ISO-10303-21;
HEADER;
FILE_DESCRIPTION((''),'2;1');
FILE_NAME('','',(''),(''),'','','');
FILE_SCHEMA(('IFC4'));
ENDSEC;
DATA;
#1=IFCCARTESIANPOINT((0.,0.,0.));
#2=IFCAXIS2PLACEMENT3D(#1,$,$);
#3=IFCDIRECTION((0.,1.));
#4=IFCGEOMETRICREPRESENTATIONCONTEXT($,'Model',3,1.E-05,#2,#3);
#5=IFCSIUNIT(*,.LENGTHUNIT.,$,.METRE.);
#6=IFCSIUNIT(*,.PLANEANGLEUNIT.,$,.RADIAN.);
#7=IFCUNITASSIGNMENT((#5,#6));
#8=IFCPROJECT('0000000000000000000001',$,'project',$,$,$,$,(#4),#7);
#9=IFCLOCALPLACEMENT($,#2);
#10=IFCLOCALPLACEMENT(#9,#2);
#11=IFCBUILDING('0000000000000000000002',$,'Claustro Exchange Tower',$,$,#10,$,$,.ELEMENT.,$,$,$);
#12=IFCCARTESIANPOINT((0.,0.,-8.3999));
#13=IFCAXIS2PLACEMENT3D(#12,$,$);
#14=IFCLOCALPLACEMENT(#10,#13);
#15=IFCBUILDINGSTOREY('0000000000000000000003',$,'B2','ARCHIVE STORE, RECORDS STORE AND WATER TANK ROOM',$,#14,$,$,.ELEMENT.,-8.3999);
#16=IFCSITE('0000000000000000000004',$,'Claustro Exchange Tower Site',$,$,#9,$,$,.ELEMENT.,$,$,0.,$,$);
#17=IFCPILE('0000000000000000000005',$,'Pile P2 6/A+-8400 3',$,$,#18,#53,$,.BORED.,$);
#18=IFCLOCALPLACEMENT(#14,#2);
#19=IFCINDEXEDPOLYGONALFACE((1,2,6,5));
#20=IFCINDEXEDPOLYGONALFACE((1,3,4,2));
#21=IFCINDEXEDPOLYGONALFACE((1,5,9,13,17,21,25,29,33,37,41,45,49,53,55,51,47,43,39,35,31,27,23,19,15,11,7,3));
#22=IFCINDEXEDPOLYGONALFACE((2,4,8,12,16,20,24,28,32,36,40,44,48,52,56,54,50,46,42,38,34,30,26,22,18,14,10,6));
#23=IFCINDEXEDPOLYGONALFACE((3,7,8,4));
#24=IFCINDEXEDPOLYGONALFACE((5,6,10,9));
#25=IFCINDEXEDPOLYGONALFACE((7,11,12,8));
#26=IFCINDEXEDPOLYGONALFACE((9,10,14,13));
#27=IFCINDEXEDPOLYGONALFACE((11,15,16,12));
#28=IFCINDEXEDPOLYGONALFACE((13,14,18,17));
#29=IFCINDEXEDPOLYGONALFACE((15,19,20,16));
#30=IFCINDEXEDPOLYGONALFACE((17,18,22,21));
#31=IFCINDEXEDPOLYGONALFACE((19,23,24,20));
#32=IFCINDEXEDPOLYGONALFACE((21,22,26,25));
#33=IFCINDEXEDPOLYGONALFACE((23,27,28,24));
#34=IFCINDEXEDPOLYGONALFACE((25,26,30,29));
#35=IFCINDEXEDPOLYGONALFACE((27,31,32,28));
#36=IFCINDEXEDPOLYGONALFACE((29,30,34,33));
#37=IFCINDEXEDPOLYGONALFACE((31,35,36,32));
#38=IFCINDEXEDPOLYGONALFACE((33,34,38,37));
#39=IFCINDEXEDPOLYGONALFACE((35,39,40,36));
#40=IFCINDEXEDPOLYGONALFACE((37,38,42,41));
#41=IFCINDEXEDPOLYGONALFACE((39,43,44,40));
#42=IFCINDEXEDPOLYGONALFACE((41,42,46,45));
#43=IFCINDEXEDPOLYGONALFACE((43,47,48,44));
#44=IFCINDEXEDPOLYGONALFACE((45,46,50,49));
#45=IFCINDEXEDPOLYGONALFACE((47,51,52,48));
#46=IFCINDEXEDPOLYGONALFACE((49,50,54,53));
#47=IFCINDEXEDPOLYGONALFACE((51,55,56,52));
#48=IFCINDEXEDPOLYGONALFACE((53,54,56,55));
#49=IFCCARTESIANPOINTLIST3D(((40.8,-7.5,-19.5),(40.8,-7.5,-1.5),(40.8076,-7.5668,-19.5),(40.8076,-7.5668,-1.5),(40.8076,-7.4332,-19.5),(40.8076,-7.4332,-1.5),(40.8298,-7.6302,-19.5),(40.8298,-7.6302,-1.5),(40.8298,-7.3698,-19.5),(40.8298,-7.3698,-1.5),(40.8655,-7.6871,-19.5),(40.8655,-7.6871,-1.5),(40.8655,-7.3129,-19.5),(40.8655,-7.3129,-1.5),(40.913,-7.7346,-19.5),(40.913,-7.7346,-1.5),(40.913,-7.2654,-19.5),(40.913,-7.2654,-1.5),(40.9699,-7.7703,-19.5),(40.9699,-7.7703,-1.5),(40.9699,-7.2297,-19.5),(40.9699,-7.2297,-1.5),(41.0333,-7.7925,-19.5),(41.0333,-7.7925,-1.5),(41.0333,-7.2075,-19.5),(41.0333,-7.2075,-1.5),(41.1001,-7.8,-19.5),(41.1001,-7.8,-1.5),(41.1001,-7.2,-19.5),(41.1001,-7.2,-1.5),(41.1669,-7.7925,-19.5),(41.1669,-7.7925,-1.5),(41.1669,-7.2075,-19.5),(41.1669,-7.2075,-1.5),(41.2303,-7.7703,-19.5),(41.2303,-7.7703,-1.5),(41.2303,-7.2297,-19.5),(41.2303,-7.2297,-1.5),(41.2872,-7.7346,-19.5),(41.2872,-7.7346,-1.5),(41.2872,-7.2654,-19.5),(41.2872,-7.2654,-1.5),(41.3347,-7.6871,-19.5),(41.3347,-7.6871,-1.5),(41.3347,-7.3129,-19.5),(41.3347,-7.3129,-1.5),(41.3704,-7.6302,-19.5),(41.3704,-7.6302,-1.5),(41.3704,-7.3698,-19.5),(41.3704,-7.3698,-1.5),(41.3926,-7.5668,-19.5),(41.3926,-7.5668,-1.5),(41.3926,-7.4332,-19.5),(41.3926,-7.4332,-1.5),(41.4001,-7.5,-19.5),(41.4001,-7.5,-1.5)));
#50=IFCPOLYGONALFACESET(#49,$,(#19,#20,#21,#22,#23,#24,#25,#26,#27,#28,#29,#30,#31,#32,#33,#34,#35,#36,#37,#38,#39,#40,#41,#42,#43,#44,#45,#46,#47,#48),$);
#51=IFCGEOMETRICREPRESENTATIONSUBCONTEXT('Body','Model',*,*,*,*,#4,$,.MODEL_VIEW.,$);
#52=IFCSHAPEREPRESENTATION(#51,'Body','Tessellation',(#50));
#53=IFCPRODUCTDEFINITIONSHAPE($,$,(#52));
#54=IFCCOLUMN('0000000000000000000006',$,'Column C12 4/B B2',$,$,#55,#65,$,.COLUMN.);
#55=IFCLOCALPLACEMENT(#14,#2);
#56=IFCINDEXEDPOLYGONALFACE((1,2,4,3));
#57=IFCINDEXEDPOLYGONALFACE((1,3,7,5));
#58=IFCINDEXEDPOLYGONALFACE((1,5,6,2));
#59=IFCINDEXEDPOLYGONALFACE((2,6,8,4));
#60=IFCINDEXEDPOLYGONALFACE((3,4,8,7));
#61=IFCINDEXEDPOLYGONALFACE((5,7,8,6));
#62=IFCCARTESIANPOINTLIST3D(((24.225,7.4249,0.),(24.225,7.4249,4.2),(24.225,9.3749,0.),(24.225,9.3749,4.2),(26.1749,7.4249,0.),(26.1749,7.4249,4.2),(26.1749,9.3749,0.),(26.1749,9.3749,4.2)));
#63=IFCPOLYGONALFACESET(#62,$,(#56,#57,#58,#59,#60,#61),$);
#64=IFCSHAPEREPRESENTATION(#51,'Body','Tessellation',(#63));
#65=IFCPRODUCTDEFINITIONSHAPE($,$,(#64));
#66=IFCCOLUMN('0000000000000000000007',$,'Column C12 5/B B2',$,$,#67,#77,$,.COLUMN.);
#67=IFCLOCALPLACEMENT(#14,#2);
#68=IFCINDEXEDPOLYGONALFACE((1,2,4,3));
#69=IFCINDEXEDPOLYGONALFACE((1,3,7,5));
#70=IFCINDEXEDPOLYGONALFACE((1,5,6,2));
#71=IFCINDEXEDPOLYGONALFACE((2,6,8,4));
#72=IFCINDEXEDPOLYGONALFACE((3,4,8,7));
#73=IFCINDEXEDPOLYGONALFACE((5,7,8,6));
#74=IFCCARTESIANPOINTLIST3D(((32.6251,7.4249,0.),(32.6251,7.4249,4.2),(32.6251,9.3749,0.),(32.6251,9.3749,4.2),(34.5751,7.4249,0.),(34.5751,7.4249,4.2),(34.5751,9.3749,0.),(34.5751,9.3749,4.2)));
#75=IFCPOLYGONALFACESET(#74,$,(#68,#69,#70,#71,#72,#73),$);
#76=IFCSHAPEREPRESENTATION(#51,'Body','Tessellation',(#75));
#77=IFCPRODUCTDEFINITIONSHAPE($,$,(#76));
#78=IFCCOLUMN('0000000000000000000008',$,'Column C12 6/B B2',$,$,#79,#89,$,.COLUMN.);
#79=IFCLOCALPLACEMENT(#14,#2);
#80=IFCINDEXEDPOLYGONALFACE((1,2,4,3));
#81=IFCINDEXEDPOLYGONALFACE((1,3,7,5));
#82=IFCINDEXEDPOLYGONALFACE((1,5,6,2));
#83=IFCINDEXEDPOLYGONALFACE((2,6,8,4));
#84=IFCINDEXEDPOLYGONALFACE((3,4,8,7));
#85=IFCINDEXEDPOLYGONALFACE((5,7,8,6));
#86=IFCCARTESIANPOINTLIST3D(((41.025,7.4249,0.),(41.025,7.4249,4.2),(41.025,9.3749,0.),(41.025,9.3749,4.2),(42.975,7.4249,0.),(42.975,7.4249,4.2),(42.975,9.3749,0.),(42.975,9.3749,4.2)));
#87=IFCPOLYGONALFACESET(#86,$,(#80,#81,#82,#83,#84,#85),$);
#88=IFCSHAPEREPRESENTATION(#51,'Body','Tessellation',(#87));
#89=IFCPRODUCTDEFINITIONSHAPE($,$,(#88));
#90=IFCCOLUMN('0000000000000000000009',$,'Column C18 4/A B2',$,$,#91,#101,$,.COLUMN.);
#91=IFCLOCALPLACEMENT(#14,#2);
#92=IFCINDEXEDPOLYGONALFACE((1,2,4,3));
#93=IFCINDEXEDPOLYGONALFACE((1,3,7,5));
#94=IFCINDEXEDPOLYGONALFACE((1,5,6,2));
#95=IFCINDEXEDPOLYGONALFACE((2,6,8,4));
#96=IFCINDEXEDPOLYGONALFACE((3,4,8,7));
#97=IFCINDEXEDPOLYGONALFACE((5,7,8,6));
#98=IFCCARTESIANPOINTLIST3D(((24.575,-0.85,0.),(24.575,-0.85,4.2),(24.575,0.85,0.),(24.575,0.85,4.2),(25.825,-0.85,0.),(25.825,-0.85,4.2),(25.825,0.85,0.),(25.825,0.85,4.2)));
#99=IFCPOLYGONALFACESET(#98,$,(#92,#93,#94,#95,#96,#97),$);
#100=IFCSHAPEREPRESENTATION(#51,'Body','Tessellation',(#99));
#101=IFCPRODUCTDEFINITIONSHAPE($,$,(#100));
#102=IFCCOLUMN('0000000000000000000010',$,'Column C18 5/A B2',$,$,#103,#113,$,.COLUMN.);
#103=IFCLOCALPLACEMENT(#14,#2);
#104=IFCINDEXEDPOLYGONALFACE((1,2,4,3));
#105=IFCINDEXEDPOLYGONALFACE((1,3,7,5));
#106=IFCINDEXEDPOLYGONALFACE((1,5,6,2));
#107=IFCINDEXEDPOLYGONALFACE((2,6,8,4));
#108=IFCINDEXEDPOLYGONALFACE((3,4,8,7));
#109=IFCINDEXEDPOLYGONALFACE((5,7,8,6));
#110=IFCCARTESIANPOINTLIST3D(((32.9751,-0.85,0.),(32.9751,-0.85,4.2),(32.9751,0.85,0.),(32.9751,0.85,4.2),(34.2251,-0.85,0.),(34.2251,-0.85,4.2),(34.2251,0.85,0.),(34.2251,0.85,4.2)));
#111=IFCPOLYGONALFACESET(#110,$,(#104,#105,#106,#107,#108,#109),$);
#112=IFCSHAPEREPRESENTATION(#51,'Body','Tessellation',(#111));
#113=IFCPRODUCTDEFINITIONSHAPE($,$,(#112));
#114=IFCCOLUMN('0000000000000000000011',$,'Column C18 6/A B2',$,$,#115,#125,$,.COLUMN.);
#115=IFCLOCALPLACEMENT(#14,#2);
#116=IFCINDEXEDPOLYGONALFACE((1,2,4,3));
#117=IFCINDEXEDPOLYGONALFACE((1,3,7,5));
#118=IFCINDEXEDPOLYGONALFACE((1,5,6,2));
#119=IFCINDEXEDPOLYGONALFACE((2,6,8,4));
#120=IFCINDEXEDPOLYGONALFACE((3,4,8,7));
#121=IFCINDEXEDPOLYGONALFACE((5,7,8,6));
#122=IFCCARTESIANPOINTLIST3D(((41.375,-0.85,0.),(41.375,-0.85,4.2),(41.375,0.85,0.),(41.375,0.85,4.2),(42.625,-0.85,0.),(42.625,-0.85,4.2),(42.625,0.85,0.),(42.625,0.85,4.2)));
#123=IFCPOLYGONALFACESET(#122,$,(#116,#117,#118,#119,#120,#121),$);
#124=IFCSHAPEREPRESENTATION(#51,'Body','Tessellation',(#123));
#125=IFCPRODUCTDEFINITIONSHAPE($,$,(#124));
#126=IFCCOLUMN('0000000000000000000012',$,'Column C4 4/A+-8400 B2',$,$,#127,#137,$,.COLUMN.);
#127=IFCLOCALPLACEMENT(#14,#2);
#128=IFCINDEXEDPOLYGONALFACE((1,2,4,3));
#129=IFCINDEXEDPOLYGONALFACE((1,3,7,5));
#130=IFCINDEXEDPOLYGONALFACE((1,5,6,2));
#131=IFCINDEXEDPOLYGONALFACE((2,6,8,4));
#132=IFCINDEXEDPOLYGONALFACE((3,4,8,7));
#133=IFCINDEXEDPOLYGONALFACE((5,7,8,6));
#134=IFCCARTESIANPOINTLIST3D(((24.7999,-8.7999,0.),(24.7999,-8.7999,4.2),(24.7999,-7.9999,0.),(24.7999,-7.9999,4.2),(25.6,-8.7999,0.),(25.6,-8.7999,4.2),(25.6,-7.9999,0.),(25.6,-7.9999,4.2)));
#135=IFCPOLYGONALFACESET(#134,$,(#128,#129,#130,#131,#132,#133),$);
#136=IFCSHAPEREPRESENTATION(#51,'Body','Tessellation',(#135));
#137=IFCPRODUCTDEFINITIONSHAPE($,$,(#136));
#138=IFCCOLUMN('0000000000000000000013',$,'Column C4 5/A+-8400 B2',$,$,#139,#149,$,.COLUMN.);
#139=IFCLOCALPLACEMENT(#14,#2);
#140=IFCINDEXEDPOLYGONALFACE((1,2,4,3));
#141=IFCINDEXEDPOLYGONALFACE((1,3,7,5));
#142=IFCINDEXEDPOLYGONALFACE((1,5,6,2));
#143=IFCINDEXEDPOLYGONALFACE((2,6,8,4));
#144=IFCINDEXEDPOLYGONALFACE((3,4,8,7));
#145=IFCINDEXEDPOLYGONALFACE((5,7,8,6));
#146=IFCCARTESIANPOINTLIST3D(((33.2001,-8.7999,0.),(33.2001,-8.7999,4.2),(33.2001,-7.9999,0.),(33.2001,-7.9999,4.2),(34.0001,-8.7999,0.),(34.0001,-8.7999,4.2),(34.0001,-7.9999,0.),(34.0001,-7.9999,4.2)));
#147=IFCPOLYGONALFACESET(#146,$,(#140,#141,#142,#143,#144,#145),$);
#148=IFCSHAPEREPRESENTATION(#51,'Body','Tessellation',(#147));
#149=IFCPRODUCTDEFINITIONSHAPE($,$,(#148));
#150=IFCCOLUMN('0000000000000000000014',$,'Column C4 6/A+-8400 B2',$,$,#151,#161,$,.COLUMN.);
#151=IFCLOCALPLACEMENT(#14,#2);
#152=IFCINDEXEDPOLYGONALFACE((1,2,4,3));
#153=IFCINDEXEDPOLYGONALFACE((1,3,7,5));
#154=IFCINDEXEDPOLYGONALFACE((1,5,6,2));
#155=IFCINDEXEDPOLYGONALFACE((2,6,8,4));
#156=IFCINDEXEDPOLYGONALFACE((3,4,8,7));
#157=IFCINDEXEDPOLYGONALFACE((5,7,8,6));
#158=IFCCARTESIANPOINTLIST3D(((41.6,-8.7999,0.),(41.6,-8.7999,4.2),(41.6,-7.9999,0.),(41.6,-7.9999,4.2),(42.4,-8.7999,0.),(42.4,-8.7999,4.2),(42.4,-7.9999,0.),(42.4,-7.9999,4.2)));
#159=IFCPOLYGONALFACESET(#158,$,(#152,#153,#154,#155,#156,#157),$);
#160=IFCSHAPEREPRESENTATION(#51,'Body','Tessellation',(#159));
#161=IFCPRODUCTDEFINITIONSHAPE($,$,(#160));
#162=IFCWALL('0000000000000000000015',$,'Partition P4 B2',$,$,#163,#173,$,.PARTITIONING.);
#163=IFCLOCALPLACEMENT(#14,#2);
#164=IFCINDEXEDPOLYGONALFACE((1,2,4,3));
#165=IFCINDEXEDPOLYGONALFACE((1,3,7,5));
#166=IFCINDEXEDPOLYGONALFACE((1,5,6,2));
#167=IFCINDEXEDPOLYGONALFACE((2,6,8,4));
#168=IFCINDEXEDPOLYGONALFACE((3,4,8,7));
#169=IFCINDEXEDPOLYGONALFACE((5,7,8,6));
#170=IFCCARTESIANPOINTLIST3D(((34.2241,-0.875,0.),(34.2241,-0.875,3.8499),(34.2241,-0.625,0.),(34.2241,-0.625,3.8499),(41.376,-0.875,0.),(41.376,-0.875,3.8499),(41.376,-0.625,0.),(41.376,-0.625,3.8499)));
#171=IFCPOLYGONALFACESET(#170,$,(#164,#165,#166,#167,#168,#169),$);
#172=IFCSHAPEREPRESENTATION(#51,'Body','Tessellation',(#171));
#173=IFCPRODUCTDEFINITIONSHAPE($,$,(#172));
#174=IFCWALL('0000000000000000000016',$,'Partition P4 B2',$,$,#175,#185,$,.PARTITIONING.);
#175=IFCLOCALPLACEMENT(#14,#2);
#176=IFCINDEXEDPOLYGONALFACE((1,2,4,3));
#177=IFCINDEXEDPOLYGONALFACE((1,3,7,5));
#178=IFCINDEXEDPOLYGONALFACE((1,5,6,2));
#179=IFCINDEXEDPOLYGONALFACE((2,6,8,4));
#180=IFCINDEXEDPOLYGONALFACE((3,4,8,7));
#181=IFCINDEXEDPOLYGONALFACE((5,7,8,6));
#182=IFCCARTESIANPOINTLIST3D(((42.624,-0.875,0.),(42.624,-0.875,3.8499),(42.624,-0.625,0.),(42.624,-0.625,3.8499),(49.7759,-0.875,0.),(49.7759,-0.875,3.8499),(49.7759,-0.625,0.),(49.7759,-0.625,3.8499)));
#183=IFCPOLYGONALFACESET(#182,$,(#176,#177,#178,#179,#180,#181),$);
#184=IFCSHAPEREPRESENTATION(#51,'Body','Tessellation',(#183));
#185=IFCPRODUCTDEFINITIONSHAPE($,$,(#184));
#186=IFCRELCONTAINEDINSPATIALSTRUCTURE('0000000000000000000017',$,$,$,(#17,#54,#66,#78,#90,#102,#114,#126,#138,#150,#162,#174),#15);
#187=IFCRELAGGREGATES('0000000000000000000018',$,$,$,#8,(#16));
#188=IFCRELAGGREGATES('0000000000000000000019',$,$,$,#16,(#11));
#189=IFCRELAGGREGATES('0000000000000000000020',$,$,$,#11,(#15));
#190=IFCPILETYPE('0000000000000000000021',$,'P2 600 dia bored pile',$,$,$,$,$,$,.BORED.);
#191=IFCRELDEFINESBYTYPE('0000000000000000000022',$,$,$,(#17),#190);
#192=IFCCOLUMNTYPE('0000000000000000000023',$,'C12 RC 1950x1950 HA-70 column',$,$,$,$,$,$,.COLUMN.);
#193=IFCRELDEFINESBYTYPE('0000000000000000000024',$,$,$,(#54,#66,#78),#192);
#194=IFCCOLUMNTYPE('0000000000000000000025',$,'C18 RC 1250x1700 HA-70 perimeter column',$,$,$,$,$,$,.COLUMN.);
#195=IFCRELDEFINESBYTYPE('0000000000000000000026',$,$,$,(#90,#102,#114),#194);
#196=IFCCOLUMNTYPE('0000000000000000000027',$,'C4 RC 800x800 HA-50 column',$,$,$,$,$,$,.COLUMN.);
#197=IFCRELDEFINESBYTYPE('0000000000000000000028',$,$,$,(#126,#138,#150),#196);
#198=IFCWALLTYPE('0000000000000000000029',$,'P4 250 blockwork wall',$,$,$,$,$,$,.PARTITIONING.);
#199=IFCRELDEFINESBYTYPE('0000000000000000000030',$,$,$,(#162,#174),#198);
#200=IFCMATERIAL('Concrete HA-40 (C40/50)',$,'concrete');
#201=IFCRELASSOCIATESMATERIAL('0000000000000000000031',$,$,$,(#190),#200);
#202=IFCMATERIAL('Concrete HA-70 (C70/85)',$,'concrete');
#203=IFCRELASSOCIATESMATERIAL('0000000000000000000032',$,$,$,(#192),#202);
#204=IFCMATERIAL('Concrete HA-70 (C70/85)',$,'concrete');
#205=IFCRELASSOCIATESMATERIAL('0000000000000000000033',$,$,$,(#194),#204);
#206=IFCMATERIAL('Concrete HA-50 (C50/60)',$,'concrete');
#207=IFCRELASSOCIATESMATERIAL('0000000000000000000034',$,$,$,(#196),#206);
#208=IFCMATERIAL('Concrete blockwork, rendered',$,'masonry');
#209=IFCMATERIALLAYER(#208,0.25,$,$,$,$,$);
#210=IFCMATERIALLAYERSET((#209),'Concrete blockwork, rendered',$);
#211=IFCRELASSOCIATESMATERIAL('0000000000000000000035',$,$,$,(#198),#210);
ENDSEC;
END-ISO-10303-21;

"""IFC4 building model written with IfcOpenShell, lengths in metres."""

from ifc_helpers import new_model, si_unit, direction, frame, frame_2d, origin, origin_2d, place, context, subcontext, project, spatial, rectangle, circle, extrude, material, layer, layer_set, material_profile, profile_set, type_object, element, save


model = new_model("IFC4")

# Units and contexts
model_context = context("Model", 3, precision=1e-05, world=origin(), true_north=direction((0.0, 1.0)))
body_context = subcontext(model_context, "Body", "Model", "MODEL_VIEW")
ifc_project = project(units=[si_unit("LENGTHUNIT", "METRE"), si_unit("PLANEANGLEUNIT", "RADIAN")], contexts=[model_context])

# Site, building, storey
site_placement = place(None, origin())
site = spatial("IfcSite", under=ifc_project, at=site_placement, Name="Claustro Exchange Tower Site", CompositionType="ELEMENT", RefElevation=0.0)
building_placement = place(site_placement, origin())
building = spatial("IfcBuilding", under=site, at=building_placement, Name="Claustro Exchange Tower", CompositionType="ELEMENT")
storey_placement = place(building_placement, frame((0.0, 0.0, -8.3999)))
storey = spatial("IfcBuildingStorey", under=building, at=storey_placement, Name="B2", Description="ARCHIVE STORE, RECORDS STORE AND WATER TANK ROOM", CompositionType="ELEMENT", Elevation=-8.3999)

# Pile
ifc_material_1 = material(Name="Concrete HA-40 (C40/50)", Category="concrete")
pile_type_1 = type_object("IfcPileType", Name="P2 600 dia bored pile", PredefinedType="BORED", material=ifc_material_1)
for number, where, z_axis, x_axis, name in (
    (1, (41.1001, -7.5, -1.5), (0.0, 0.0, -1.0), (1.0, 0.0, 0.0), "Pile P2 6/A+-8400 3"),
):
    element("IfcPile", number, at=place(storey_placement, frame(where, z_axis=z_axis, x_axis=x_axis)), inside=storey, type_object=pile_type_1, Name=name, PredefinedType="BORED", context=body_context, shape_type="SweptSolid", body=[
        extrude(circle(Radius=0.3, at=origin_2d()), origin(), (0.0, 0.0, 1.0), 18.0),
    ])

# Columns
ifc_material_2 = material(Name="Concrete HA-70 (C70/85)", Category="concrete")
ifc_material_profile_1 = material_profile(ifc_material_2, rectangle(XDim=1.95, YDim=1.95, at=origin_2d()), Name="RC 1950x1950")
ifc_profile_set_1 = profile_set([ifc_material_profile_1], Name="Concrete HA-70 (C70/85)")
column_type_1 = type_object("IfcColumnType", Name="C12 RC 1950x1950 HA-70 column", PredefinedType="COLUMN", material=ifc_profile_set_1)
for number, where, z_axis, x_axis, name in (
    (2, (25.2, 8.3999, 0.0), (0.0, 0.0, 1.0), (1.0, 0.0, 0.0), "Column C12 4/B B2"),
    (3, (33.6001, 8.3999, 0.0), (0.0, 0.0, 1.0), (1.0, 0.0, 0.0), "Column C12 5/B B2"),
    (4, (42.0, 8.3999, 0.0), (0.0, 0.0, 1.0), (1.0, 0.0, 0.0), "Column C12 6/B B2"),
):
    element("IfcColumn", number, at=place(storey_placement, frame(where, z_axis=z_axis, x_axis=x_axis)), inside=storey, type_object=column_type_1, Name=name, PredefinedType="COLUMN", context=body_context, shape_type="SweptSolid", body=[
        extrude(rectangle(XDim=1.95, YDim=1.95, at=origin_2d()), origin(), (0.0, 0.0, 1.0), 4.2),
    ])
ifc_material_3 = material(Name="Concrete HA-70 (C70/85)", Category="concrete")
ifc_material_profile_2 = material_profile(ifc_material_3, rectangle(XDim=1.25, YDim=1.7, at=origin_2d()), Name="RC 1250x1700")
ifc_profile_set_2 = profile_set([ifc_material_profile_2], Name="Concrete HA-70 (C70/85)")
column_type_2 = type_object("IfcColumnType", Name="C18 RC 1250x1700 HA-70 perimeter column", PredefinedType="COLUMN", material=ifc_profile_set_2)
for number, where, z_axis, x_axis, name in (
    (5, (25.2, 0.0, 0.0), (0.0, 0.0, 1.0), (1.0, 0.0, 0.0), "Column C18 4/A B2"),
    (6, (33.6001, 0.0, 0.0), (0.0, 0.0, 1.0), (1.0, 0.0, 0.0), "Column C18 5/A B2"),
    (7, (42.0, 0.0, 0.0), (0.0, 0.0, 1.0), (1.0, 0.0, 0.0), "Column C18 6/A B2"),
):
    element("IfcColumn", number, at=place(storey_placement, frame(where, z_axis=z_axis, x_axis=x_axis)), inside=storey, type_object=column_type_2, Name=name, PredefinedType="COLUMN", context=body_context, shape_type="SweptSolid", body=[
        extrude(rectangle(XDim=1.25, YDim=1.7, at=origin_2d()), origin(), (0.0, 0.0, 1.0), 4.2),
    ])
ifc_material_4 = material(Name="Concrete HA-50 (C50/60)", Category="concrete")
ifc_material_profile_3 = material_profile(ifc_material_4, rectangle(XDim=0.8, YDim=0.8, at=origin_2d()), Name="RC 800x800")
ifc_profile_set_3 = profile_set([ifc_material_profile_3], Name="Concrete HA-50 (C50/60)")
column_type_3 = type_object("IfcColumnType", Name="C4 RC 800x800 HA-50 column", PredefinedType="COLUMN", material=ifc_profile_set_3)
for number, where, z_axis, x_axis, name in (
    (8, (25.2, -8.3999, 0.0), (0.0, 0.0, 1.0), (1.0, 0.0, 0.0), "Column C4 4/A+-8400 B2"),
    (9, (33.6001, -8.3999, 0.0), (0.0, 0.0, 1.0), (1.0, 0.0, 0.0), "Column C4 5/A+-8400 B2"),
    (10, (42.0, -8.3999, 0.0), (0.0, 0.0, 1.0), (1.0, 0.0, 0.0), "Column C4 6/A+-8400 B2"),
):
    element("IfcColumn", number, at=place(storey_placement, frame(where, z_axis=z_axis, x_axis=x_axis)), inside=storey, type_object=column_type_3, Name=name, PredefinedType="COLUMN", context=body_context, shape_type="SweptSolid", body=[
        extrude(rectangle(XDim=0.8, YDim=0.8, at=origin_2d()), origin(), (0.0, 0.0, 1.0), 4.2),
    ])

# Shared definitions
ifc_material_5 = material(Name="Concrete blockwork, rendered", Category="masonry")
ifc_layer = layer(ifc_material_5, 0.25)
ifc_layer_set = layer_set([ifc_layer], Name="Concrete blockwork, rendered")
wall_type = type_object("IfcWallType", Name="P4 250 blockwork wall", PredefinedType="PARTITIONING", material=ifc_layer_set)

# Walls
for number, where, z_axis, x_axis, name in (
    (11, (34.2241, -0.75, 0.0), (0.0, 0.0, 1.0), (1.0, 0.0, 0.0), "Partition P4 B2"),
    (12, (42.624, -0.75, 0.0), (0.0, 0.0, 1.0), (1.0, 0.0, 0.0), "Partition P4 B2"),
):
    element("IfcWall", number, at=place(storey_placement, frame(where, z_axis=z_axis, x_axis=x_axis)), inside=storey, type_object=wall_type, Name=name, PredefinedType="PARTITIONING", context=body_context, shape_type="SweptSolid", body=[
        extrude(rectangle(XDim=7.1519, YDim=0.25, at=frame_2d((3.5759, 0.0))), origin(), (0.0, 0.0, 1.0), 3.8499),
    ])

save(model, "model.ifc")
